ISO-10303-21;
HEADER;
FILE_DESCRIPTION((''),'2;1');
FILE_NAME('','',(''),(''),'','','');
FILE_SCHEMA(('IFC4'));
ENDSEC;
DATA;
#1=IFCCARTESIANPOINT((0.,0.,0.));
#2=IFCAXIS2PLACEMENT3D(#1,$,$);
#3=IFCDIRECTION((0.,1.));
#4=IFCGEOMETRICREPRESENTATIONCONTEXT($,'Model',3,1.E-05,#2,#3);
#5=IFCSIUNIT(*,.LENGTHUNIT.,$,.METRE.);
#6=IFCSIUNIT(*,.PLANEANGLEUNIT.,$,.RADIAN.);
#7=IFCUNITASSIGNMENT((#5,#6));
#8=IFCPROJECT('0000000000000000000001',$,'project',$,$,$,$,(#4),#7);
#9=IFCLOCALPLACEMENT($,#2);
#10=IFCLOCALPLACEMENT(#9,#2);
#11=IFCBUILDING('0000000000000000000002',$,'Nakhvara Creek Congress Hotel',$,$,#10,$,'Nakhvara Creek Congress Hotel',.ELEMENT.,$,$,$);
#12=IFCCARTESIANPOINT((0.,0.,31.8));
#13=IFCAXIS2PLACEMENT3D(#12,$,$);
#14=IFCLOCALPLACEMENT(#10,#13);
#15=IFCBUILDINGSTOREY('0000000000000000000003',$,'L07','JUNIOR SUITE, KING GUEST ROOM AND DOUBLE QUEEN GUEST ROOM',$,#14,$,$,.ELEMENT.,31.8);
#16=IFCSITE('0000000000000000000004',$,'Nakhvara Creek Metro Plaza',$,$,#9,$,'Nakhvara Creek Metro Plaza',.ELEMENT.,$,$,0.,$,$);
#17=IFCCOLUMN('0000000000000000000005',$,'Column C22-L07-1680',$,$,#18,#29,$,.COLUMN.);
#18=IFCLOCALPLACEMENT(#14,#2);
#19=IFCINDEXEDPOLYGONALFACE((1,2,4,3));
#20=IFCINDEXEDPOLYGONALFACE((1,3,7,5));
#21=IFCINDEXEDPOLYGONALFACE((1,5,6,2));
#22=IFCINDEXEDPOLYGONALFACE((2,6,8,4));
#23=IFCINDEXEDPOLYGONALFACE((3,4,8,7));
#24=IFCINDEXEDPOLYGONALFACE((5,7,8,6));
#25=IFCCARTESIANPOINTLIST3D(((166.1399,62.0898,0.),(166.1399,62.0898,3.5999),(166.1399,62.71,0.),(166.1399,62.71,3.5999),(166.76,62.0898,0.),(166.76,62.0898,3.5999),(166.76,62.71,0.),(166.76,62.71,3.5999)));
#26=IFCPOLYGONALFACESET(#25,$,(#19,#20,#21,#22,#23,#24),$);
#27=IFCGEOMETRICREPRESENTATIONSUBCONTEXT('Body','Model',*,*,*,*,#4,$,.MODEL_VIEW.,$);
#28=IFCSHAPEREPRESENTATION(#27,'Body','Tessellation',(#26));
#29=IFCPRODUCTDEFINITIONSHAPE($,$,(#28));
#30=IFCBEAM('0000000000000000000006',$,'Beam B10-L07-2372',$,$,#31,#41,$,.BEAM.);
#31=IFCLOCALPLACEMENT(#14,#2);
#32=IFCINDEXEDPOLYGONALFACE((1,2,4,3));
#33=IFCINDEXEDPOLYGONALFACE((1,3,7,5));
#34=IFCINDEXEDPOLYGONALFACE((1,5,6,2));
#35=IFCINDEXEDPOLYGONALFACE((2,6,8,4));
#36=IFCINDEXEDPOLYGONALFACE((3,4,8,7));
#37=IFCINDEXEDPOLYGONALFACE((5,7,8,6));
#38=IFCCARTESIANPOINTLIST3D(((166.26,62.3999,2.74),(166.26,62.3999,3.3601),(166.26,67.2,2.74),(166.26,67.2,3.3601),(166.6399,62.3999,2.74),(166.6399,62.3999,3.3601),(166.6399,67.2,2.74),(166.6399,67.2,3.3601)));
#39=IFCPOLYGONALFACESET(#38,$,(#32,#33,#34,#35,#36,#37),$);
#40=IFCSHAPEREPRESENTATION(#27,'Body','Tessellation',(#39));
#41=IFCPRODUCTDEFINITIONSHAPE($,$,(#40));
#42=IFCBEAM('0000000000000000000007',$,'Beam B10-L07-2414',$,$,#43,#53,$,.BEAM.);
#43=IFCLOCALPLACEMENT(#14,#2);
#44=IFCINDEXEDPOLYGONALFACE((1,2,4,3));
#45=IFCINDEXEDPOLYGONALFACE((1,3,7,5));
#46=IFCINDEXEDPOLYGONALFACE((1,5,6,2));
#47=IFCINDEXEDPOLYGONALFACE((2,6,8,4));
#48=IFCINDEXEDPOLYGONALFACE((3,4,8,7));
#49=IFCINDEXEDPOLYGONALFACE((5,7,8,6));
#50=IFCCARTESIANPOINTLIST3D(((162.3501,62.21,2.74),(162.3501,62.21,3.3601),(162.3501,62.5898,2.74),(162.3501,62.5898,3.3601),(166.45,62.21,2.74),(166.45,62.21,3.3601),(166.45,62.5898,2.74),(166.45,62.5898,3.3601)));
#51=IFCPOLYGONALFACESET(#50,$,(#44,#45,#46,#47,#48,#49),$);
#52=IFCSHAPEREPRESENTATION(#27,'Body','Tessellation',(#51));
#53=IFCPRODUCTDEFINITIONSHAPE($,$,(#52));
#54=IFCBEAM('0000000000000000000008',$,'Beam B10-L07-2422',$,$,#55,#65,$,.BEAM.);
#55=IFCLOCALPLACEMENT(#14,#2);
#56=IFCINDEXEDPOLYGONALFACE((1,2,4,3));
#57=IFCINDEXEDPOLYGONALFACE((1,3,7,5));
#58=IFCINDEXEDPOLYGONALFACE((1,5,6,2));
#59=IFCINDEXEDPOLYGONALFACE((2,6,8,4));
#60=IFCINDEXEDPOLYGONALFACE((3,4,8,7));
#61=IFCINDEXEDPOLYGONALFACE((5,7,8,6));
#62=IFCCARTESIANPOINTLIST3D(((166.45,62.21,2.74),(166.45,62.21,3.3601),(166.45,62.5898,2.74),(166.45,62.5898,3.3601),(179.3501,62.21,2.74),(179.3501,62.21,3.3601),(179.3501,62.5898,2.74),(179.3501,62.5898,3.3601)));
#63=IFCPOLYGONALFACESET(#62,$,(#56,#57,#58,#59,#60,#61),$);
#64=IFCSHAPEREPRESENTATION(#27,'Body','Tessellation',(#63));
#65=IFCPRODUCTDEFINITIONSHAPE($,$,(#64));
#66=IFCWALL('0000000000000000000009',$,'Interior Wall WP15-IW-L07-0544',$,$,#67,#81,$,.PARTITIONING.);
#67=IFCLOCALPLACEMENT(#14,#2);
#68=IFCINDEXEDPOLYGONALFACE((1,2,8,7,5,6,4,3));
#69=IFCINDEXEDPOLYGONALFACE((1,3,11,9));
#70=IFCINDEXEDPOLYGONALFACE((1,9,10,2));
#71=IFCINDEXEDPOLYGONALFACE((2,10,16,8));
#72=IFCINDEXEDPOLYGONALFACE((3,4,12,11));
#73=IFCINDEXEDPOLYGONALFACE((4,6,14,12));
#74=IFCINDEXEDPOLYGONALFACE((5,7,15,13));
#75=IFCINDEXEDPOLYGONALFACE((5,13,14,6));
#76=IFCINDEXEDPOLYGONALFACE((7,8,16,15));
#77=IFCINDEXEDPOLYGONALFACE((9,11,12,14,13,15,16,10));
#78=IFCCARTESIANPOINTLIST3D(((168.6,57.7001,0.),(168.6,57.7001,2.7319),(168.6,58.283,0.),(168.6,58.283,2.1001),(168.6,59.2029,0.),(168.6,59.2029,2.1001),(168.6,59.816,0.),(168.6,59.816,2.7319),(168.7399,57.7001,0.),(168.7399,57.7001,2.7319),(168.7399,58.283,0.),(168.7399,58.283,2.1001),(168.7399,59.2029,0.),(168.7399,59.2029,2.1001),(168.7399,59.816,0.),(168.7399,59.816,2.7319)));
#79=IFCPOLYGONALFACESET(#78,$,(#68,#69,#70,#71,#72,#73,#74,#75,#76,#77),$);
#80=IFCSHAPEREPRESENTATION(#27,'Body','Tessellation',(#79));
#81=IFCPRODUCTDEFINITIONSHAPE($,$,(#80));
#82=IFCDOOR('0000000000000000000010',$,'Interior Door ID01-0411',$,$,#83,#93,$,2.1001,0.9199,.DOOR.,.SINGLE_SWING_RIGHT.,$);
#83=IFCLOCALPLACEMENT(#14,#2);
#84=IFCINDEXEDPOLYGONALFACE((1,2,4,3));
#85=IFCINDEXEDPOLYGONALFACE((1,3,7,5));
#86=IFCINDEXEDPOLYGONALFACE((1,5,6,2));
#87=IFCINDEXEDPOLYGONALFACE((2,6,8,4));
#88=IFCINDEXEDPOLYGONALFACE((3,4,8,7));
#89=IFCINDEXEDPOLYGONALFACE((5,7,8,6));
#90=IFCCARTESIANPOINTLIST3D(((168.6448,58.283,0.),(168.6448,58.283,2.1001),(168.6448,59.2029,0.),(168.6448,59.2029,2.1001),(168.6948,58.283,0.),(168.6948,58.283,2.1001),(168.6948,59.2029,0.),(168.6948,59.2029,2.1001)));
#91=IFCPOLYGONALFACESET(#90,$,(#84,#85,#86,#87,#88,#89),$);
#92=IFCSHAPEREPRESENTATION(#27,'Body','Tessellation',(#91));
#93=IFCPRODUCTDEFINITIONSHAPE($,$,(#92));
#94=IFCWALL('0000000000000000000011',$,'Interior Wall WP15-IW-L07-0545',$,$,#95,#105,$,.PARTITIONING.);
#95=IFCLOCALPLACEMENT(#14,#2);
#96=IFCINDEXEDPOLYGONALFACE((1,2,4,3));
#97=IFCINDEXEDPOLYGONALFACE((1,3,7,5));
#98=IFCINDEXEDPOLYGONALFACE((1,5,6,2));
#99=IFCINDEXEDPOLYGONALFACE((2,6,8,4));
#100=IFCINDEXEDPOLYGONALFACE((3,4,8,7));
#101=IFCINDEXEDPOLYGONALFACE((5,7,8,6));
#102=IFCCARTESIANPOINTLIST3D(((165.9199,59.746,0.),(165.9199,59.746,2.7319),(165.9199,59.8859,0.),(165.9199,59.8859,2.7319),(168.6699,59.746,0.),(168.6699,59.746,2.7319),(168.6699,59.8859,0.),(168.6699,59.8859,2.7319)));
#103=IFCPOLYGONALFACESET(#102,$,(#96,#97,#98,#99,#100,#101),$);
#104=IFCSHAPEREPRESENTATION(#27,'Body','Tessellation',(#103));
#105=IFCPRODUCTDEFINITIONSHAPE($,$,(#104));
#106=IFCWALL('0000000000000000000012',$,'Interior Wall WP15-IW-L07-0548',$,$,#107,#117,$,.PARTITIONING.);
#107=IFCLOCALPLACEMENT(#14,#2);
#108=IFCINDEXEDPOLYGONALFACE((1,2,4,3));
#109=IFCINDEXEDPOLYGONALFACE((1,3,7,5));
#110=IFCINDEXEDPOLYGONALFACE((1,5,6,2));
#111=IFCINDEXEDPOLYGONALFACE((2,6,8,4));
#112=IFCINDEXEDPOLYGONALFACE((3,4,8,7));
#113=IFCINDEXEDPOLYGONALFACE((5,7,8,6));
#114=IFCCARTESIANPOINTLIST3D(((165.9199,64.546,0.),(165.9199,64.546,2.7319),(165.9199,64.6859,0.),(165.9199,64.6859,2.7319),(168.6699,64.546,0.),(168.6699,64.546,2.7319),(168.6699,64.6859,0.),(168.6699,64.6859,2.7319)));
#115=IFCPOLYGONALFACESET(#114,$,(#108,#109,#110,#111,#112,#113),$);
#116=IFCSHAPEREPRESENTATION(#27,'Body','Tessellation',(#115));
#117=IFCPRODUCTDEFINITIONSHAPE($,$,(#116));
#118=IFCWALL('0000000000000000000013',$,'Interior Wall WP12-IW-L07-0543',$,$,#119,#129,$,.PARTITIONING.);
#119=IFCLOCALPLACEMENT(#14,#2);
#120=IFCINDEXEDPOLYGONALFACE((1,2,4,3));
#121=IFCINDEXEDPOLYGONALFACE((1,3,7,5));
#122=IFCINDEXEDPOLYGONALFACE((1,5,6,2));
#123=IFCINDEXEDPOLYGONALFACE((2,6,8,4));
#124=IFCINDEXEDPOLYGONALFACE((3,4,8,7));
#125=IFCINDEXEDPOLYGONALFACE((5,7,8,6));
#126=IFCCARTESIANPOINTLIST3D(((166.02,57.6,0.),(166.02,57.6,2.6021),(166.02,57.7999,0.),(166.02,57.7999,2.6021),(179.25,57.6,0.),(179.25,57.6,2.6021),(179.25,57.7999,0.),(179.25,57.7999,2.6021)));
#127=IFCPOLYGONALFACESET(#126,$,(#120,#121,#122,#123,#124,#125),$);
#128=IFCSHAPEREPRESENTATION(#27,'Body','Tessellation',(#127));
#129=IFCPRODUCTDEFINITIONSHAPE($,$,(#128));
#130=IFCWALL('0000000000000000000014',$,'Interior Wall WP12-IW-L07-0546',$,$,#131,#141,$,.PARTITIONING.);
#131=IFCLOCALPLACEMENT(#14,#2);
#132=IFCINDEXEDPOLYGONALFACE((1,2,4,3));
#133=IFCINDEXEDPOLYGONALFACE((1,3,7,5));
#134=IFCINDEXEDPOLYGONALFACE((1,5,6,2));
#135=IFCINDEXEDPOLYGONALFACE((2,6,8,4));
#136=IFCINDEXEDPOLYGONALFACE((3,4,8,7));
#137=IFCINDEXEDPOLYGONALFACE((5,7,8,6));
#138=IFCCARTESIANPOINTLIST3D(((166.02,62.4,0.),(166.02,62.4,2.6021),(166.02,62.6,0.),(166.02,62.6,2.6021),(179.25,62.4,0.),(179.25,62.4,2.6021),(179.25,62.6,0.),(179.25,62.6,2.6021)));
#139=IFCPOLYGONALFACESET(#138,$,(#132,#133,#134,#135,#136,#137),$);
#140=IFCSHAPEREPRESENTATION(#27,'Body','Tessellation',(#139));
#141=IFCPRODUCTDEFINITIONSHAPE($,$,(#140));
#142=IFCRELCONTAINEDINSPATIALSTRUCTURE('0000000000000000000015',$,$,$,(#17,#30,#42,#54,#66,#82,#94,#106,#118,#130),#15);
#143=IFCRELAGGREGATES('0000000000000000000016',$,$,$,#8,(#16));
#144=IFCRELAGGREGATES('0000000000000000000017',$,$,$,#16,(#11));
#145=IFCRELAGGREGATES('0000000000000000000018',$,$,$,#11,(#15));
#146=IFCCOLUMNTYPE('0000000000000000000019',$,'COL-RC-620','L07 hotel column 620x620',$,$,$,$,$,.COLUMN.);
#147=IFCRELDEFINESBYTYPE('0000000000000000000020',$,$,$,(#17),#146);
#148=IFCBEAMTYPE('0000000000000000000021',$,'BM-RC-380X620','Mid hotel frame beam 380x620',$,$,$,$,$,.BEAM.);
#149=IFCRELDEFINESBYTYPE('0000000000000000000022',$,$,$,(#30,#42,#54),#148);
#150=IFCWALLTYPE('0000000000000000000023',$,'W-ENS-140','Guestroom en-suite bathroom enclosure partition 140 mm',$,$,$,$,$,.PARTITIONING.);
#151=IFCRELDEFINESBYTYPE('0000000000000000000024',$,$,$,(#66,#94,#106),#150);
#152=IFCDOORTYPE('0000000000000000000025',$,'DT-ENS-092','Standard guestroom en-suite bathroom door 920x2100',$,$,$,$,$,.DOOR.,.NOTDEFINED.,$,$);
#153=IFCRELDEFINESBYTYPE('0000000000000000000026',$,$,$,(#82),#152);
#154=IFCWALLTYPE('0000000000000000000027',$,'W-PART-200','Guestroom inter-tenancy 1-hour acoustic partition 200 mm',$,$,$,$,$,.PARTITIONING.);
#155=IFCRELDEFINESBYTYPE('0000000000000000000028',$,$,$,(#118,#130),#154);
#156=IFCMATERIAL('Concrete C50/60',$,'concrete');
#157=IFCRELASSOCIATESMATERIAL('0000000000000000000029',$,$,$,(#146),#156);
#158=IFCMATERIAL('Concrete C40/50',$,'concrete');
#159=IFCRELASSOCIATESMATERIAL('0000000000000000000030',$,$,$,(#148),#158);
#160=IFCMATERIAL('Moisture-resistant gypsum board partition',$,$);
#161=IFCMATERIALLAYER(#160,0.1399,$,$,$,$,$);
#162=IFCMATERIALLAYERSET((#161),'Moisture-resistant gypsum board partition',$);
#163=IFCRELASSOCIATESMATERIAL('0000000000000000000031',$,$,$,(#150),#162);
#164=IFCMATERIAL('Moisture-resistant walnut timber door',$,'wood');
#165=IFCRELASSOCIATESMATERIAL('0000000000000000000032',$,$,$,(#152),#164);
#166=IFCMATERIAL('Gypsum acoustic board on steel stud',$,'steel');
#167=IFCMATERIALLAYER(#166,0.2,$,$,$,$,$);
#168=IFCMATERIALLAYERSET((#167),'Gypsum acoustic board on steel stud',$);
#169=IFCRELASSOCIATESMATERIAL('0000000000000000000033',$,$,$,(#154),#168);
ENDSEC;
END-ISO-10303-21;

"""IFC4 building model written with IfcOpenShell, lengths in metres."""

from ifc_helpers import new_model, si_unit, direction, frame, frame_2d, origin, origin_2d, place, context, subcontext, project, spatial, rectangle, extrude, material, layer, layer_set, material_profile, profile_set, type_object, element, fill, save


model = new_model("IFC4")

# Units and contexts
model_context = context("Model", 3, precision=1e-05, world=origin(), true_north=direction((0.0, 1.0)))
body_context = subcontext(model_context, "Body", "Model", "MODEL_VIEW")
ifc_project = project(units=[si_unit("LENGTHUNIT", "METRE"), si_unit("PLANEANGLEUNIT", "RADIAN")], contexts=[model_context])

# Site, building, storey
site_placement = place(None, origin())
site = spatial("IfcSite", under=ifc_project, at=site_placement, Name="Nakhvara Creek Metro Plaza", LongName="Nakhvara Creek Metro Plaza", CompositionType="ELEMENT", RefElevation=0.0)
building_placement = place(site_placement, origin())
building = spatial("IfcBuilding", under=site, at=building_placement, Name="Nakhvara Creek Congress Hotel", LongName="Nakhvara Creek Congress Hotel", CompositionType="ELEMENT")
storey_placement = place(building_placement, frame((0.0, 0.0, 31.8)))
storey = spatial("IfcBuildingStorey", under=building, at=storey_placement, Name="L07", Description="JUNIOR SUITE, KING GUEST ROOM AND DOUBLE QUEEN GUEST ROOM", CompositionType="ELEMENT", Elevation=31.8)

# Column
ifc_material_1 = material(Name="Concrete C50/60", Category="concrete")
ifc_material_profile_1 = material_profile(ifc_material_1, rectangle(XDim=0.6201, YDim=0.6201, at=origin_2d()), Name="RC-COL 620x620", Category="LoadBearing")
ifc_profile_set_1 = profile_set([ifc_material_profile_1], Name="Concrete C50/60")
column_type = type_object("IfcColumnType", Name="COL-RC-620", Description="L07 hotel column 620x620", PredefinedType="COLUMN", material=ifc_profile_set_1)
column_placement = place(storey_placement, frame((166.45, 62.3999, 0.0), z_axis=(0.0, 0.0, 1.0), x_axis=(1.0, 0.0, 0.0)))
element("IfcColumn", 1, at=column_placement, inside=storey, type_object=column_type, Name="Column C22-L07-1680", PredefinedType="COLUMN", context=body_context, shape_type="SweptSolid", body=[
    extrude(rectangle(XDim=0.6201, YDim=0.6201, at=origin_2d()), origin(), (0.0, 0.0, 1.0), 3.5999),
])

# Beams
ifc_material_2 = material(Name="Concrete C40/50", Category="concrete")
ifc_material_profile_2 = material_profile(ifc_material_2, rectangle(XDim=0.3799, YDim=0.6201, at=origin_2d()), Name="RC-BM 380x620", Category="LoadBearing")
ifc_profile_set_2 = profile_set([ifc_material_profile_2], Name="Concrete C40/50")
beam_type = type_object("IfcBeamType", Name="BM-RC-380X620", Description="Mid hotel frame beam 380x620", PredefinedType="BEAM", material=ifc_profile_set_2)
beam_1_placement = place(storey_placement, frame((166.45, 62.3999, 3.05), z_axis=(0.0, 1.0, 0.0), x_axis=(-1.0, 0.0, 0.0)))
element("IfcBeam", 2, at=beam_1_placement, inside=storey, type_object=beam_type, Name="Beam B10-L07-2372", PredefinedType="BEAM", context=body_context, shape_type="SweptSolid", body=[
    extrude(rectangle(XDim=0.3799, YDim=0.6201, at=origin_2d()), origin(), (0.0, 0.0, 1.0), 4.8),
])
beam_2_placement = place(storey_placement, frame((162.3501, 62.3999, 3.05), z_axis=(1.0, 0.0, 0.0), x_axis=(0.0, 1.0, 0.0)))
element("IfcBeam", 3, at=beam_2_placement, inside=storey, type_object=beam_type, Name="Beam B10-L07-2414", PredefinedType="BEAM", context=body_context, shape_type="SweptSolid", body=[
    extrude(rectangle(XDim=0.3799, YDim=0.6201, at=origin_2d()), origin(), (0.0, 0.0, 1.0), 4.0999),
])
beam_3_placement = place(storey_placement, frame((166.45, 62.3999, 3.05), z_axis=(1.0, 0.0, 0.0), x_axis=(0.0, 1.0, 0.0)))
element("IfcBeam", 4, at=beam_3_placement, inside=storey, type_object=beam_type, Name="Beam B10-L07-2422", PredefinedType="BEAM", context=body_context, shape_type="SweptSolid", body=[
    extrude(rectangle(XDim=0.3799, YDim=0.6201, at=origin_2d()), origin(), (0.0, 0.0, 1.0), 12.9001),
])

# Wall, opening, door
ifc_material_3 = material(Name="Moisture-resistant gypsum board partition")
ifc_layer_1 = layer(ifc_material_3, 0.1399)
ifc_layer_set_1 = layer_set([ifc_layer_1], Name="Moisture-resistant gypsum board partition")
wall_type_1 = type_object("IfcWallType", Name="W-ENS-140", Description="Guestroom en-suite bathroom enclosure partition 140 mm", PredefinedType="PARTITIONING", material=ifc_layer_set_1)
wall_1_placement = place(storey_placement, frame((168.6699, 57.7, 0.0), z_axis=(0.0, 0.0, 1.0), x_axis=(0.0, 1.0, 0.0)))
wall_1 = element("IfcWall", 5, at=wall_1_placement, inside=storey, type_object=wall_type_1, Name="Interior Wall WP15-IW-L07-0544", PredefinedType="PARTITIONING", context=body_context, shape_type="SweptSolid", body=[
    extrude(rectangle(XDim=2.116, YDim=0.1399, at=frame_2d((1.0581, 0.0))), origin(), (0.0, 0.0, 1.0), 2.7319),
])
opening_1_placement = place(wall_1_placement, frame((0.583, 0.0, 0.0)))
opening_1 = element("IfcOpeningElement", 6, at=opening_1_placement, cuts=wall_1, PredefinedType="OPENING", context=body_context, shape_type="SweptSolid", body=[
    extrude(rectangle(XDim=0.9199, YDim=2.1001, at=frame_2d((0.46, 1.05))), frame((0.0, 0.082, 0.0), z_axis=(0.0, -1.0, 0.0), x_axis=(1.0, 0.0, 0.0)), (0.0, 0.0, 1.0), 0.1638),
])
ifc_material_4 = material(Name="Moisture-resistant walnut timber door", Category="wood")
door_type_1 = type_object("IfcDoorType", Name="DT-ENS-092", Description="Standard guestroom en-suite bathroom door 920x2100", OperationType="NOTDEFINED", PredefinedType="DOOR", material=ifc_material_4)
door_1_placement = place(opening_1_placement, frame((0.9199, 0.0, 0.0), z_axis=(0.0, 0.0, 1.0), x_axis=(-1.0, 0.0, 0.0)))
door_1 = element("IfcDoor", 7, at=door_1_placement, inside=storey, type_object=door_type_1, Name="Interior Door ID01-0411", OperationType="SINGLE_SWING_RIGHT", OverallHeight=2.1001, OverallWidth=0.9199, PredefinedType="DOOR", context=body_context, shape_type="SweptSolid", body=[
    extrude(rectangle(XDim=0.9199, YDim=2.1001, at=frame_2d((0.46, 1.05))), frame((0.0, 0.0249, 0.0), z_axis=(0.0, -1.0, 0.0), x_axis=(1.0, 0.0, 0.0)), (0.0, 0.0, 1.0), 0.05),
])
fill(opening_1, door_1)

# Wall
wall_2_placement = place(storey_placement, frame((165.9199, 59.8159, 0.0), z_axis=(0.0, 0.0, 1.0), x_axis=(1.0, 0.0, 0.0)))
element("IfcWall", 8, at=wall_2_placement, inside=storey, type_object=wall_type_1, Name="Interior Wall WP15-IW-L07-0545", PredefinedType="PARTITIONING", context=body_context, shape_type="SweptSolid", body=[
    extrude(rectangle(XDim=2.75, YDim=0.1399, at=frame_2d((1.375, 0.0))), origin(), (0.0, 0.0, 1.0), 2.7319),
])

# Walls
wall_3_placement = place(storey_placement, frame((165.9199, 64.616, 0.0), z_axis=(0.0, 0.0, 1.0), x_axis=(1.0, 0.0, 0.0)))
element("IfcWall", 9, at=wall_3_placement, inside=storey, type_object=wall_type_1, Name="Interior Wall WP15-IW-L07-0548", PredefinedType="PARTITIONING", context=body_context, shape_type="SweptSolid", body=[
    extrude(rectangle(XDim=2.75, YDim=0.1399, at=frame_2d((1.375, 0.0))), origin(), (0.0, 0.0, 1.0), 2.7319),
])
ifc_material_5 = material(Name="Gypsum acoustic board on steel stud", Category="steel")
ifc_layer_2 = layer(ifc_material_5, 0.2)
ifc_layer_set_2 = layer_set([ifc_layer_2], Name="Gypsum acoustic board on steel stud")
wall_type_2 = type_object("IfcWallType", Name="W-PART-200", Description="Guestroom inter-tenancy 1-hour acoustic partition 200 mm", PredefinedType="PARTITIONING", material=ifc_layer_set_2)
for number, where, z_axis, x_axis, name in (
    (10, (166.02, 57.7, 0.0), (0.0, 0.0, 1.0), (1.0, 0.0, 0.0), "Interior Wall WP12-IW-L07-0543"),
    (11, (166.02, 62.5, 0.0), (0.0, 0.0, 1.0), (1.0, 0.0, 0.0), "Interior Wall WP12-IW-L07-0546"),
):
    element("IfcWall", number, at=place(storey_placement, frame(where, z_axis=z_axis, x_axis=x_axis)), inside=storey, type_object=wall_type_2, Name=name, PredefinedType="PARTITIONING", context=body_context, shape_type="SweptSolid", body=[
        extrude(rectangle(XDim=13.23, YDim=0.2, at=frame_2d((6.615, 0.0))), origin(), (0.0, 0.0, 1.0), 2.6021),
    ])

save(model, "model.ifc")
